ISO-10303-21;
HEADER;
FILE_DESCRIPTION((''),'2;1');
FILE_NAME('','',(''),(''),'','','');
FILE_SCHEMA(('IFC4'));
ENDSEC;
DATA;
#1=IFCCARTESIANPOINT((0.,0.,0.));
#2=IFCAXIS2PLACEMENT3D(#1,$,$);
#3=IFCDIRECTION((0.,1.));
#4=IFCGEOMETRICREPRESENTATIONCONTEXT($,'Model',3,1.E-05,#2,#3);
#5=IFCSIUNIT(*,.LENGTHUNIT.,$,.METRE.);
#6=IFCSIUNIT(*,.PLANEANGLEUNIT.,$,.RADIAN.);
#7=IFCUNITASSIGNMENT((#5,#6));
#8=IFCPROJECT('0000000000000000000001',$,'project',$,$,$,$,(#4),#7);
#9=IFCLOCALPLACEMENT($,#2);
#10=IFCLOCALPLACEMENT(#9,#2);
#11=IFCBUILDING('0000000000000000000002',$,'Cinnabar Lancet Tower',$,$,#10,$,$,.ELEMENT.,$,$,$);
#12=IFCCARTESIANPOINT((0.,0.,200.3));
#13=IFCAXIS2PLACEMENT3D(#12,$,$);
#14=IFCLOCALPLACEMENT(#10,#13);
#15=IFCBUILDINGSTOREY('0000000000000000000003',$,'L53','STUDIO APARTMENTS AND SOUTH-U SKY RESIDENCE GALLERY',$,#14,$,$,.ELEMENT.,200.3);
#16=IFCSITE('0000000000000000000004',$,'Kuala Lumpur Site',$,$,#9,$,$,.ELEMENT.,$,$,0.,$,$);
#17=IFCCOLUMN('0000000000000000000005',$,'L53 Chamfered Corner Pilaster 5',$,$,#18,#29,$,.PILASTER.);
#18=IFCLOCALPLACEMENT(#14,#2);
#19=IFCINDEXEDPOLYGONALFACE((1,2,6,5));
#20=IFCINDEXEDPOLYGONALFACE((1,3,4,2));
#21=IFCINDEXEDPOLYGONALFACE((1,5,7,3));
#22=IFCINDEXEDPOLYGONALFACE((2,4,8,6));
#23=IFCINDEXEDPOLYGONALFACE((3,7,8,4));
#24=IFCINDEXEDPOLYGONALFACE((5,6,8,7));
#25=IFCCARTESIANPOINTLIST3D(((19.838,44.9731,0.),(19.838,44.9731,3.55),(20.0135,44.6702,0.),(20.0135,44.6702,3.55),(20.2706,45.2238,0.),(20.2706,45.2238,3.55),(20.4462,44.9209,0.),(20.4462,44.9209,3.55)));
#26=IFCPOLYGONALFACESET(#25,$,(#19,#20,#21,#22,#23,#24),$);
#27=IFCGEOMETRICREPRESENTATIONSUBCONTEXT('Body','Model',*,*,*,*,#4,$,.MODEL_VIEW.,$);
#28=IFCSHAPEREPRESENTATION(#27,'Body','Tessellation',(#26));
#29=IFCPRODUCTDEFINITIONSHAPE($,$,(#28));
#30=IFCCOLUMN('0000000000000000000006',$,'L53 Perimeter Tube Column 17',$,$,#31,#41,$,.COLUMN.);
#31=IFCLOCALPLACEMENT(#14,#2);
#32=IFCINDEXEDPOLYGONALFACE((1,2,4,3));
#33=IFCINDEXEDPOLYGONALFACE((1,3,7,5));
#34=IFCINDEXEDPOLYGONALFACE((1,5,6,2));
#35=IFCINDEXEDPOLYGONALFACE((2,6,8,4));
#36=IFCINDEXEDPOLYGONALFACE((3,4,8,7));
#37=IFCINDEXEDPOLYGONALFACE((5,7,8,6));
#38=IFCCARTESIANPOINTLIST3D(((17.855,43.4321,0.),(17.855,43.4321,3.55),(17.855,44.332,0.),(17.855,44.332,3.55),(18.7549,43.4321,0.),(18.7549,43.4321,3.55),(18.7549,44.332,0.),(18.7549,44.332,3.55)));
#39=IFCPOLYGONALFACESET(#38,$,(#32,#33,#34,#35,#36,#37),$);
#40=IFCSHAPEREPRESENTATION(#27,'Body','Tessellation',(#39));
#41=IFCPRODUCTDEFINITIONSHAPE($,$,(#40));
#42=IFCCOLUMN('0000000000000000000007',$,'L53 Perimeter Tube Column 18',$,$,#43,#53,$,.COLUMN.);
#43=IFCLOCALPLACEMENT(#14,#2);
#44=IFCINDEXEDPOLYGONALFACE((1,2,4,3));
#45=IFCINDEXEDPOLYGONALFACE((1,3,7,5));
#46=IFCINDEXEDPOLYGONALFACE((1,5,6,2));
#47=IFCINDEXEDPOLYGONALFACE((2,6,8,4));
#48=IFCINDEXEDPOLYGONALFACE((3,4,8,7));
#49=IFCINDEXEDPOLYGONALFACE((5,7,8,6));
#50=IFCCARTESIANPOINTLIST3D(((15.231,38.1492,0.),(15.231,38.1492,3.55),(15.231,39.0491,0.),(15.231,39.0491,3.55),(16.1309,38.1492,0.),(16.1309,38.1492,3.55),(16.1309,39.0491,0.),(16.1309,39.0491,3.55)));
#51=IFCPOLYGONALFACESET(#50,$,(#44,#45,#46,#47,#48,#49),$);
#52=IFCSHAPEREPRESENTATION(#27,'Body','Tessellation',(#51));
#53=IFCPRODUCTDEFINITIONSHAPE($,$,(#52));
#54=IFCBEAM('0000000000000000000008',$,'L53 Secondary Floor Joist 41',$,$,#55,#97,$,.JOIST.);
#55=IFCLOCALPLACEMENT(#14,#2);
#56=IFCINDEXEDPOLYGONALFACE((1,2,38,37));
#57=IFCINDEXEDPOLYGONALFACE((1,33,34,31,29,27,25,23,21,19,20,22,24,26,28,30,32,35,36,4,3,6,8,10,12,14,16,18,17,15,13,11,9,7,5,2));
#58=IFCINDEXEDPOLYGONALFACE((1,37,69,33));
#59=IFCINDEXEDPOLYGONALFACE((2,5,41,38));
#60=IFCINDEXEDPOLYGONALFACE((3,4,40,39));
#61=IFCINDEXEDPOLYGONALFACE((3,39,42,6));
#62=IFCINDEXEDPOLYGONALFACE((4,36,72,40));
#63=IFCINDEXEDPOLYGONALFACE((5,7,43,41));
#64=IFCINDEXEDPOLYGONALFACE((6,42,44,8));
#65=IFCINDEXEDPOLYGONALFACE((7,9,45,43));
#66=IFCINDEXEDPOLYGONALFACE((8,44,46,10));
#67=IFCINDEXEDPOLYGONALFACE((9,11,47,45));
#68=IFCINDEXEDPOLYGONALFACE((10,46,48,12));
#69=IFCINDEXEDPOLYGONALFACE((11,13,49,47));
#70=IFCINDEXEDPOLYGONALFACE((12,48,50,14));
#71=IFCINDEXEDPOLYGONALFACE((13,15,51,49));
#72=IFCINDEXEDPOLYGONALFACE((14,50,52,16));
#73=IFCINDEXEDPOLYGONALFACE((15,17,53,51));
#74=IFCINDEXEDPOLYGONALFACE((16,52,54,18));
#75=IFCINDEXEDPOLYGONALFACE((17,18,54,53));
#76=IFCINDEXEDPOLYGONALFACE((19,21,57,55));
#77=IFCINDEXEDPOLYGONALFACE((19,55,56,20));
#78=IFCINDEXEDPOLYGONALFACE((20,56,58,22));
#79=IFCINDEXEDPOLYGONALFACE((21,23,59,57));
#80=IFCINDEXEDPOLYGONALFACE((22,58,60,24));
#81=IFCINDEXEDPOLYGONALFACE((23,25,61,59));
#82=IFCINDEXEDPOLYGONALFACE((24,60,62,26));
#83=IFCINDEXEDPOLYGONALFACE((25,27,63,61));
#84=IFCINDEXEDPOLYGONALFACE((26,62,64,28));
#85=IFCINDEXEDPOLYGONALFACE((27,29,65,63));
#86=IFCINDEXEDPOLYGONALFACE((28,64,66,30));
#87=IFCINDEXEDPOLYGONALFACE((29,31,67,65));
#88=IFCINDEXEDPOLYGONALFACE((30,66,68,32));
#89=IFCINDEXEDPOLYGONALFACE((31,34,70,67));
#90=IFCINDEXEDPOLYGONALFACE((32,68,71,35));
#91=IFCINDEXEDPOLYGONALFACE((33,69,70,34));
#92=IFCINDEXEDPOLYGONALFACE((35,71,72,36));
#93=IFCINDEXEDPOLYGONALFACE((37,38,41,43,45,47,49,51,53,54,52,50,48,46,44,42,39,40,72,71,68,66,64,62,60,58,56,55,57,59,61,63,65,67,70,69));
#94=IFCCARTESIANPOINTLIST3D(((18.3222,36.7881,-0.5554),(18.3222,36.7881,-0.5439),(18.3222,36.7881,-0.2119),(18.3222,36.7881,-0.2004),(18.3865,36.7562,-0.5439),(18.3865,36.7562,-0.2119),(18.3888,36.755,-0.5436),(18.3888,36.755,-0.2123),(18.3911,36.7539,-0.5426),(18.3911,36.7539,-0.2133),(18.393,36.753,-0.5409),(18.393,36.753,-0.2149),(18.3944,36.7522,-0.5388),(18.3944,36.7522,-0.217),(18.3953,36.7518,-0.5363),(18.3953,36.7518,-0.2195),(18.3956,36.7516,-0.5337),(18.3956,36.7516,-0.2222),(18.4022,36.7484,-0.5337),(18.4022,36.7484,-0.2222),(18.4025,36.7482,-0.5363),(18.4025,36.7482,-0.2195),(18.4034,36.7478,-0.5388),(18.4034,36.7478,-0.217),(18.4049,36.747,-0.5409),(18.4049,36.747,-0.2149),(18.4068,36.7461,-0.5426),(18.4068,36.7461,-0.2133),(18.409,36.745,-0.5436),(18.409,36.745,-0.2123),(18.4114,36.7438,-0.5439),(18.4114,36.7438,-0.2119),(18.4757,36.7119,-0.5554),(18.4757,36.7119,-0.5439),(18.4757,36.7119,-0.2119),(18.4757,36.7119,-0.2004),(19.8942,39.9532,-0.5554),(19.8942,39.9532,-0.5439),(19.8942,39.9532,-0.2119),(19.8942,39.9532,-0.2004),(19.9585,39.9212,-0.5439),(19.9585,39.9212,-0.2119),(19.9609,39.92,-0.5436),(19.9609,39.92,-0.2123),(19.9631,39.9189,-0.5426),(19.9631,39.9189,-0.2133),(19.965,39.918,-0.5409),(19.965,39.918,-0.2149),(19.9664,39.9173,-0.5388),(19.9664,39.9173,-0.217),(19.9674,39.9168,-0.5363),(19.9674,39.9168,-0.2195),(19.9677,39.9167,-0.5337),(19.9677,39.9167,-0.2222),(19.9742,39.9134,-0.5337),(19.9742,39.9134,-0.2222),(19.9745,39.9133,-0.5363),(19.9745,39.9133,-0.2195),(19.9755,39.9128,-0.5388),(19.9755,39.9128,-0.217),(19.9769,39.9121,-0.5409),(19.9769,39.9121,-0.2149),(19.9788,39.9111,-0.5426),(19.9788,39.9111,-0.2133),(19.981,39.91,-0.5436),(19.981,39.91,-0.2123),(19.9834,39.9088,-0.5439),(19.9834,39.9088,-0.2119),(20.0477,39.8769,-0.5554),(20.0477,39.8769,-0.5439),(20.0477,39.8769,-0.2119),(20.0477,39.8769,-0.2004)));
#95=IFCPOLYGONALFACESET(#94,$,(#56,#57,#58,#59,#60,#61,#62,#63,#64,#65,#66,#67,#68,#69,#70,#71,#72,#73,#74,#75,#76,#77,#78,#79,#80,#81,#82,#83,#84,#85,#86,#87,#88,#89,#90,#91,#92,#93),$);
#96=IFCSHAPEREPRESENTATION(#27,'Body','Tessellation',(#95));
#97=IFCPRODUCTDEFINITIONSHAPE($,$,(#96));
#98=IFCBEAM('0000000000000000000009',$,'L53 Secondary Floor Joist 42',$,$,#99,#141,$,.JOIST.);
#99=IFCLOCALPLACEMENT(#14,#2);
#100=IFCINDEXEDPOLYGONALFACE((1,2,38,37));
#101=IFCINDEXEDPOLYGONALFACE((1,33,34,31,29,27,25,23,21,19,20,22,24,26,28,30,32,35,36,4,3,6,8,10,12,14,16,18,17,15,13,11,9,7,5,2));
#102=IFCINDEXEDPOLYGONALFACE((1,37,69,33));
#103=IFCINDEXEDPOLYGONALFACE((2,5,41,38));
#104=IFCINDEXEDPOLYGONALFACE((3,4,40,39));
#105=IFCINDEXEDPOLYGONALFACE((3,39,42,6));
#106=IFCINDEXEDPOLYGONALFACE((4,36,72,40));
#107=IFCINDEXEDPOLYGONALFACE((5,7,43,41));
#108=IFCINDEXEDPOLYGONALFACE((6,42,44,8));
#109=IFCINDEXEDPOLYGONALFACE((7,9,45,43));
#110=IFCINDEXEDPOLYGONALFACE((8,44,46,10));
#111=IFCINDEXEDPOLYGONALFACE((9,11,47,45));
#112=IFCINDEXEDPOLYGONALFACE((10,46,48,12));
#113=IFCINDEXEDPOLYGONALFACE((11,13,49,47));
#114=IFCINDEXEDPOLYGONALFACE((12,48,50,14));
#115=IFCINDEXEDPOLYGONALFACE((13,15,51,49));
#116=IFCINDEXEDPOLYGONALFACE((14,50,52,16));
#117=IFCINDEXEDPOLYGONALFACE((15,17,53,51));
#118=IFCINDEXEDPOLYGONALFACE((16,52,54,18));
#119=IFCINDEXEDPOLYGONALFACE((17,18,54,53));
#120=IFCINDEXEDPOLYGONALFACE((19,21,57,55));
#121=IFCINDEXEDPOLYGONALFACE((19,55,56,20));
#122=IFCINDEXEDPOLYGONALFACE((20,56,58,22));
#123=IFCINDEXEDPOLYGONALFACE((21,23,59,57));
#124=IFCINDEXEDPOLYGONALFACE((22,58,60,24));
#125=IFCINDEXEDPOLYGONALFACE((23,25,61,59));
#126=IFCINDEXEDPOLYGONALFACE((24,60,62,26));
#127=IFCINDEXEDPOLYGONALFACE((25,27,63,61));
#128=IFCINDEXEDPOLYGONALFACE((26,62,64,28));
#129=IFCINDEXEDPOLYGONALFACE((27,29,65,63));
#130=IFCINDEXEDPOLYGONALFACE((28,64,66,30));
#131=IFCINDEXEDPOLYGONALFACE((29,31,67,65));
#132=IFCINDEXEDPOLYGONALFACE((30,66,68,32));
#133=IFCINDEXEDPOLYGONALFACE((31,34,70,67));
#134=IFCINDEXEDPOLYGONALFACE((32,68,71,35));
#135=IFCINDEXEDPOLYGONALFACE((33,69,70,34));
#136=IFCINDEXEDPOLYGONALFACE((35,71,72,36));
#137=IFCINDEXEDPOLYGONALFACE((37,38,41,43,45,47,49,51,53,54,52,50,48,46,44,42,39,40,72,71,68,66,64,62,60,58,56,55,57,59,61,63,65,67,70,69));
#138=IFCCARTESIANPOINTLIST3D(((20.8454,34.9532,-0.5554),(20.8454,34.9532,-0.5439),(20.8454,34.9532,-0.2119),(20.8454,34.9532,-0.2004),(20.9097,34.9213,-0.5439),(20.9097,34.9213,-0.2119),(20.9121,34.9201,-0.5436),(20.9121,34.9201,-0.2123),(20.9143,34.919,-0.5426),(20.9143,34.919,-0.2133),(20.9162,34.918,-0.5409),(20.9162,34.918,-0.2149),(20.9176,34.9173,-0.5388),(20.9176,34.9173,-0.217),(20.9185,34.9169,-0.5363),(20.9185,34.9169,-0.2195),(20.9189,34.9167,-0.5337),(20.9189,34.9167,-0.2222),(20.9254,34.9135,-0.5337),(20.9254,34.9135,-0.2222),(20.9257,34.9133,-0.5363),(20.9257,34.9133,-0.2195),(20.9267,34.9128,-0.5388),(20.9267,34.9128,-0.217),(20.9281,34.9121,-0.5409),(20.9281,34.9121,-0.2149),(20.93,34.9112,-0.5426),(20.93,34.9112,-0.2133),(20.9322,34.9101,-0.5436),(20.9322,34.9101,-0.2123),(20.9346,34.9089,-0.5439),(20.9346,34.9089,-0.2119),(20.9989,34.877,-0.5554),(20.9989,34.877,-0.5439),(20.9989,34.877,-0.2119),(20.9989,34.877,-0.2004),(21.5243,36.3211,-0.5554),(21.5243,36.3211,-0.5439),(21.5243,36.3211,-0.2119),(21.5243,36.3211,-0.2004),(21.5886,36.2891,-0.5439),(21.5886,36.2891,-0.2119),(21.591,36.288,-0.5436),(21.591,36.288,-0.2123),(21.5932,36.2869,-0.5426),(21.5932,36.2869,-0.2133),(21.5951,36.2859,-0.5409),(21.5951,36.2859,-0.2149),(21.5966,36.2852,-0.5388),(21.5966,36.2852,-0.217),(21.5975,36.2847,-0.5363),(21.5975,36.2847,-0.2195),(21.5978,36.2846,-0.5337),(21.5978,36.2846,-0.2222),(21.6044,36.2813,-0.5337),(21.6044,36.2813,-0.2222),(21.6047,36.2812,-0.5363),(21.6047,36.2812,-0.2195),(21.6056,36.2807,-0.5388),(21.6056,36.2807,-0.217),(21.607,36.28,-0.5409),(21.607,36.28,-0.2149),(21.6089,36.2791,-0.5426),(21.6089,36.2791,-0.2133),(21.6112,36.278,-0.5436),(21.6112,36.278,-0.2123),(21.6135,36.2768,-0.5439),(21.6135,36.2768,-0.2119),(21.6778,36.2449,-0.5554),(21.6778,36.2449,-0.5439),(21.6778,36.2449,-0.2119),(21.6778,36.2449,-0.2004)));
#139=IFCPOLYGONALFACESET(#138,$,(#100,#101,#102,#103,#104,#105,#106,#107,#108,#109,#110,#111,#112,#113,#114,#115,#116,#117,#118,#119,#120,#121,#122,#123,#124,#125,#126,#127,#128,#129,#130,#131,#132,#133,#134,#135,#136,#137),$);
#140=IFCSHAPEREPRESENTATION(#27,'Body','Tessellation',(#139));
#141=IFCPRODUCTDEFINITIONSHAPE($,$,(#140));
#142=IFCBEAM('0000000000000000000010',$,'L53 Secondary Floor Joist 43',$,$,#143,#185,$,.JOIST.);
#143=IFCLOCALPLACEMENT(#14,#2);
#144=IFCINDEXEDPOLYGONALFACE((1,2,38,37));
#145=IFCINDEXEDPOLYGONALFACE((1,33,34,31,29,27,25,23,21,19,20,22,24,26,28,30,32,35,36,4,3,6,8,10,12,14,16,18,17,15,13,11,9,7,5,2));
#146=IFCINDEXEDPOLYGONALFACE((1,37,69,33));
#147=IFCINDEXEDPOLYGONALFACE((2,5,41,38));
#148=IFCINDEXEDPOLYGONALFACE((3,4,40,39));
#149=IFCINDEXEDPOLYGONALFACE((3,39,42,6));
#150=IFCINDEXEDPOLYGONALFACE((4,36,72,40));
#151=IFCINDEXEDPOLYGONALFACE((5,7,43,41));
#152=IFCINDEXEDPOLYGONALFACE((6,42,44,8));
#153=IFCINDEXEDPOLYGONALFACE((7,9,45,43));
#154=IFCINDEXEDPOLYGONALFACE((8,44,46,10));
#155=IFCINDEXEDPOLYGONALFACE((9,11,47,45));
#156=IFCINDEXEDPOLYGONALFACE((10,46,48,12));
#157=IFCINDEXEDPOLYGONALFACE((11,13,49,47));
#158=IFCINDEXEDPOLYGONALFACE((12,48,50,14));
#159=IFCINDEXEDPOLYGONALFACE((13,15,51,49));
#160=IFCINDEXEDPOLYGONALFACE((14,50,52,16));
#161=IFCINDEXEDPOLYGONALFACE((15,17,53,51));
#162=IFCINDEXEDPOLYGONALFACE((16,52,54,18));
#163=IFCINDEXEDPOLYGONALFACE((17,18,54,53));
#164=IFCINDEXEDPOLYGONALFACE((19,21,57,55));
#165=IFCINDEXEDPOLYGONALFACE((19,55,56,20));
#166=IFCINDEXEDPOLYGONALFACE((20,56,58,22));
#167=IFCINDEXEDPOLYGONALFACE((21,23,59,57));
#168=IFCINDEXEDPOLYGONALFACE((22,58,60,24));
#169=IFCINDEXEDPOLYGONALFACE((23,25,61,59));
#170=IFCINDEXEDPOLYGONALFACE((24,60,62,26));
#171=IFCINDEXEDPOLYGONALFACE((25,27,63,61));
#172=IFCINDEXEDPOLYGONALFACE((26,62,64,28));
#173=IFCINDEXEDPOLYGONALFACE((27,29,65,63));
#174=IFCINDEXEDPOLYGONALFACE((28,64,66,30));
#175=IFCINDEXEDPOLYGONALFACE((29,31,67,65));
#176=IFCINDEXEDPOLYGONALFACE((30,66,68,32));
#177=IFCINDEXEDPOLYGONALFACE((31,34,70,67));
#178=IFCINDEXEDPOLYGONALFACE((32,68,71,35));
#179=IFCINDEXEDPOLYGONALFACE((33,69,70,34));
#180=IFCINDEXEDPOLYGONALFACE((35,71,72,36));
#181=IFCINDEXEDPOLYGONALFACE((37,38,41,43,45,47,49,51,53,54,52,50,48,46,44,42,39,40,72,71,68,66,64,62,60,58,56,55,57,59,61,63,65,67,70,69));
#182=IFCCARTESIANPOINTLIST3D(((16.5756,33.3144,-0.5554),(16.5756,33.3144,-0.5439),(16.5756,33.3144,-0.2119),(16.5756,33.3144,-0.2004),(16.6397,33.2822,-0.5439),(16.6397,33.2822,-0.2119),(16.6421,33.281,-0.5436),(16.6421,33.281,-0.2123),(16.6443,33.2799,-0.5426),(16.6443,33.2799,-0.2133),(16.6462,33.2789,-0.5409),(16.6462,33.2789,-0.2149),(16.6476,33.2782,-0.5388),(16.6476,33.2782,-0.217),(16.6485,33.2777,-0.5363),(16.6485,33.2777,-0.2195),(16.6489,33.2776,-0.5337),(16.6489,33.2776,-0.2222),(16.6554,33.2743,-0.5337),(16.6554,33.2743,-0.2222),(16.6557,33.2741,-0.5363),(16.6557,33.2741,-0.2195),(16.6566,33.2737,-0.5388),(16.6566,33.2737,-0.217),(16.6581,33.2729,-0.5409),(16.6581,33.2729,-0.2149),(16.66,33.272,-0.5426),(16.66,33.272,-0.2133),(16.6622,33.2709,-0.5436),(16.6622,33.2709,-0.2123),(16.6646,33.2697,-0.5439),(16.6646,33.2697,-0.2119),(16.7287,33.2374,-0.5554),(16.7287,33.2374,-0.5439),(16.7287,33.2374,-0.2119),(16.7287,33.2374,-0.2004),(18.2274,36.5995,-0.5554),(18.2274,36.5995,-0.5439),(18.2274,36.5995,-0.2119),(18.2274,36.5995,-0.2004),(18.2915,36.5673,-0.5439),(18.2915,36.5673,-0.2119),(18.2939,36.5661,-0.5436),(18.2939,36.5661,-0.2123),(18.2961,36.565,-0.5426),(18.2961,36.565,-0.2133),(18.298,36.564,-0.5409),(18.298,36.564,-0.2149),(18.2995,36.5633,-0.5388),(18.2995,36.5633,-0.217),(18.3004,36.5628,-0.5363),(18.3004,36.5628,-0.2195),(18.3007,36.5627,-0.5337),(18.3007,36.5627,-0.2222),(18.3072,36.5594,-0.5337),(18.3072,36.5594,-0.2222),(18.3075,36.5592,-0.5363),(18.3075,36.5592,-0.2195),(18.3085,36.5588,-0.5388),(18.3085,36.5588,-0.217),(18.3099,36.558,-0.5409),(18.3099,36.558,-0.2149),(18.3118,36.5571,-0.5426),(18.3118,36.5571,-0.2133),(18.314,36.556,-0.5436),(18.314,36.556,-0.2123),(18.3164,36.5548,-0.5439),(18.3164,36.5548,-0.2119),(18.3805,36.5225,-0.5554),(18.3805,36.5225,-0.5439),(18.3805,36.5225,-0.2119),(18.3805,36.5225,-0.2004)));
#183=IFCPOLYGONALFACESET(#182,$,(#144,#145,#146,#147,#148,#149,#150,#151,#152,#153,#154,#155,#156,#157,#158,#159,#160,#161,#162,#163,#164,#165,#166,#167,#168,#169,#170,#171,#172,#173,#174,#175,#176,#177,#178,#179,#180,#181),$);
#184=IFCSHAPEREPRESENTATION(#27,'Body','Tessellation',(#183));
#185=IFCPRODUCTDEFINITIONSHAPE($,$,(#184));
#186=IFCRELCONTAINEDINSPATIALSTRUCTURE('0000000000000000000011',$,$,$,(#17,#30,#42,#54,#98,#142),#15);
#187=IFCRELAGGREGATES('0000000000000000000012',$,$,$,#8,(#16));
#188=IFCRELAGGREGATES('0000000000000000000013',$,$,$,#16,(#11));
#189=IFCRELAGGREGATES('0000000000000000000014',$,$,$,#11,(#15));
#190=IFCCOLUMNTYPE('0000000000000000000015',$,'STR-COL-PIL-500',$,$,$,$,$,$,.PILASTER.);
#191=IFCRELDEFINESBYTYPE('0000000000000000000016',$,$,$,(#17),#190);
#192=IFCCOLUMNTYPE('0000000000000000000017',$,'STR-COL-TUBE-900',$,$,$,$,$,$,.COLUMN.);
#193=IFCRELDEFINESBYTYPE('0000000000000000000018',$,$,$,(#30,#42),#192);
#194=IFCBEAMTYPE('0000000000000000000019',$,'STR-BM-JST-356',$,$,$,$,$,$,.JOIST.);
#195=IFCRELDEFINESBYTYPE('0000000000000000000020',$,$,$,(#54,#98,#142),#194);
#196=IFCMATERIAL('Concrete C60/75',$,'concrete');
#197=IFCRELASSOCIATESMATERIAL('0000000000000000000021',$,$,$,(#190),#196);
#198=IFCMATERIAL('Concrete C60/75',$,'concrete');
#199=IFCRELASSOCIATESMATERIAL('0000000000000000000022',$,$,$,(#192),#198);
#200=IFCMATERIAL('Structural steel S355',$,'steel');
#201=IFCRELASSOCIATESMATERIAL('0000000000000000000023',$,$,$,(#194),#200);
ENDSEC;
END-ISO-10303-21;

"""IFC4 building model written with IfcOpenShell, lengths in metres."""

from ifc_helpers import new_model, si_unit, direction, frame, origin, origin_2d, place, context, subcontext, project, spatial, rectangle, i_section, extrude, material, material_profile, profile_set, type_object, element, save


model = new_model("IFC4")

# Units and contexts
model_context = context("Model", 3, precision=1e-05, world=origin(), true_north=direction((0.0, 1.0)))
body_context = subcontext(model_context, "Body", "Model", "MODEL_VIEW")
ifc_project = project(units=[si_unit("LENGTHUNIT", "METRE"), si_unit("PLANEANGLEUNIT", "RADIAN")], contexts=[model_context])

# Site, building, storey
site_placement = place(None, origin())
site = spatial("IfcSite", under=ifc_project, at=site_placement, Name="Kuala Lumpur Site", CompositionType="ELEMENT", RefElevation=0.0)
building_placement = place(site_placement, origin())
building = spatial("IfcBuilding", under=site, at=building_placement, Name="Cinnabar Lancet Tower", CompositionType="ELEMENT")
storey_placement = place(building_placement, frame((0.0, 0.0, 200.3)))
storey = spatial("IfcBuildingStorey", under=building, at=storey_placement, Name="L53", Description="STUDIO APARTMENTS AND SOUTH-U SKY RESIDENCE GALLERY", CompositionType="ELEMENT", Elevation=200.3)

# Columns
ifc_material_1 = material(Name="Concrete C60/75", Category="concrete")
ifc_material_profile_1 = material_profile(ifc_material_1, rectangle(XDim=0.5, YDim=0.3501, at=origin_2d()), Name="RC-PIL 500x350")
ifc_profile_set_1 = profile_set([ifc_material_profile_1], Name="Concrete C60/75")
column_type_1 = type_object("IfcColumnType", Name="STR-COL-PIL-500", PredefinedType="PILASTER", material=ifc_profile_set_1)
column_placement = place(storey_placement, frame((20.1421, 44.947, 0.0), z_axis=(0.0, 0.0, 1.0), x_axis=(-0.86523, -0.501375, 0.0)))
element("IfcColumn", 1, at=column_placement, inside=storey, type_object=column_type_1, Name="L53 Chamfered Corner Pilaster 5", PredefinedType="PILASTER", context=body_context, shape_type="SweptSolid", body=[
    extrude(rectangle(XDim=0.5, YDim=0.3501, at=origin_2d()), origin(), (0.0, 0.0, 1.0), 3.55),
])
ifc_material_2 = material(Name="Concrete C60/75", Category="concrete")
ifc_material_profile_2 = material_profile(ifc_material_2, rectangle(XDim=0.8999, YDim=0.8999, at=origin_2d()), Name="RC-COL 900x900")
ifc_profile_set_2 = profile_set([ifc_material_profile_2], Name="Concrete C60/75")
column_type_2 = type_object("IfcColumnType", Name="STR-COL-TUBE-900", PredefinedType="COLUMN", material=ifc_profile_set_2)
for number, where, z_axis, x_axis, name in (
    (2, (18.3049, 43.8821, 0.0), (0.0, 0.0, 1.0), (1.0, 0.0, 0.0), "L53 Perimeter Tube Column 17"),
    (3, (15.6809, 38.5991, 0.0), (0.0, 0.0, 1.0), (1.0, 0.0, 0.0), "L53 Perimeter Tube Column 18"),
):
    element("IfcColumn", number, at=place(storey_placement, frame(where, z_axis=z_axis, x_axis=x_axis)), inside=storey, type_object=column_type_2, Name=name, PredefinedType="COLUMN", context=body_context, shape_type="SweptSolid", body=[
        extrude(rectangle(XDim=0.8999, YDim=0.8999, at=origin_2d()), origin(), (0.0, 0.0, 1.0), 3.55),
    ])

# Beams
ifc_material_3 = material(Name="Structural steel S355", Category="steel")
ifc_material_profile_3 = material_profile(ifc_material_3, i_section(OverallWidth=0.1714, OverallDepth=0.355, WebThickness=0.0073, FlangeThickness=0.0115, FilletRadius=0.0103, at=origin_2d()), Name="UKB 356x171x51")
ifc_profile_set_3 = profile_set([ifc_material_profile_3], Name="Structural steel S355")
beam_type_1 = type_object("IfcBeamType", Name="STR-BM-JST-356", PredefinedType="JOIST", material=ifc_profile_set_3)
beam_1_placement = place(storey_placement, frame((19.9709, 39.915, -0.3779), z_axis=(-0.444836, -0.895612, 0.0), x_axis=(0.895612, -0.444836, 0.0)))
element("IfcBeam", 4, at=beam_1_placement, inside=storey, type_object=beam_type_1, Name="L53 Secondary Floor Joist 41", PredefinedType="JOIST", context=body_context, shape_type="SweptSolid", body=[
    extrude(i_section(OverallWidth=0.1714, OverallDepth=0.355, WebThickness=0.0073, FlangeThickness=0.0115, FilletRadius=0.0103, at=origin_2d()), origin(), (0.0, 0.0, 1.0), 3.5339),
])
beam_2_placement = place(storey_placement, frame((21.6011, 36.283, -0.3779), z_axis=(-0.44459, -0.895734, 0.0), x_axis=(0.895734, -0.44459, 0.0)))
element("IfcBeam", 5, at=beam_2_placement, inside=storey, type_object=beam_type_1, Name="L53 Secondary Floor Joist 42", PredefinedType="JOIST", context=body_context, shape_type="SweptSolid", body=[
    extrude(i_section(OverallWidth=0.1714, OverallDepth=0.355, WebThickness=0.0073, FlangeThickness=0.0115, FilletRadius=0.0103, at=origin_2d()), origin(), (0.0, 0.0, 1.0), 1.5271),
])
beam_3_placement = place(storey_placement, frame((18.304, 36.561, -0.3779), z_axis=(-0.449231, -0.893416, 0.0), x_axis=(0.893416, -0.449231, 0.0)))
element("IfcBeam", 6, at=beam_3_placement, inside=storey, type_object=beam_type_1, Name="L53 Secondary Floor Joist 43", PredefinedType="JOIST", context=body_context, shape_type="SweptSolid", body=[
    extrude(i_section(OverallWidth=0.1714, OverallDepth=0.355, WebThickness=0.0073, FlangeThickness=0.0115, FilletRadius=0.0103, at=origin_2d()), origin(), (0.0, 0.0, 1.0), 3.677),
])

save(model, "model.ifc")
